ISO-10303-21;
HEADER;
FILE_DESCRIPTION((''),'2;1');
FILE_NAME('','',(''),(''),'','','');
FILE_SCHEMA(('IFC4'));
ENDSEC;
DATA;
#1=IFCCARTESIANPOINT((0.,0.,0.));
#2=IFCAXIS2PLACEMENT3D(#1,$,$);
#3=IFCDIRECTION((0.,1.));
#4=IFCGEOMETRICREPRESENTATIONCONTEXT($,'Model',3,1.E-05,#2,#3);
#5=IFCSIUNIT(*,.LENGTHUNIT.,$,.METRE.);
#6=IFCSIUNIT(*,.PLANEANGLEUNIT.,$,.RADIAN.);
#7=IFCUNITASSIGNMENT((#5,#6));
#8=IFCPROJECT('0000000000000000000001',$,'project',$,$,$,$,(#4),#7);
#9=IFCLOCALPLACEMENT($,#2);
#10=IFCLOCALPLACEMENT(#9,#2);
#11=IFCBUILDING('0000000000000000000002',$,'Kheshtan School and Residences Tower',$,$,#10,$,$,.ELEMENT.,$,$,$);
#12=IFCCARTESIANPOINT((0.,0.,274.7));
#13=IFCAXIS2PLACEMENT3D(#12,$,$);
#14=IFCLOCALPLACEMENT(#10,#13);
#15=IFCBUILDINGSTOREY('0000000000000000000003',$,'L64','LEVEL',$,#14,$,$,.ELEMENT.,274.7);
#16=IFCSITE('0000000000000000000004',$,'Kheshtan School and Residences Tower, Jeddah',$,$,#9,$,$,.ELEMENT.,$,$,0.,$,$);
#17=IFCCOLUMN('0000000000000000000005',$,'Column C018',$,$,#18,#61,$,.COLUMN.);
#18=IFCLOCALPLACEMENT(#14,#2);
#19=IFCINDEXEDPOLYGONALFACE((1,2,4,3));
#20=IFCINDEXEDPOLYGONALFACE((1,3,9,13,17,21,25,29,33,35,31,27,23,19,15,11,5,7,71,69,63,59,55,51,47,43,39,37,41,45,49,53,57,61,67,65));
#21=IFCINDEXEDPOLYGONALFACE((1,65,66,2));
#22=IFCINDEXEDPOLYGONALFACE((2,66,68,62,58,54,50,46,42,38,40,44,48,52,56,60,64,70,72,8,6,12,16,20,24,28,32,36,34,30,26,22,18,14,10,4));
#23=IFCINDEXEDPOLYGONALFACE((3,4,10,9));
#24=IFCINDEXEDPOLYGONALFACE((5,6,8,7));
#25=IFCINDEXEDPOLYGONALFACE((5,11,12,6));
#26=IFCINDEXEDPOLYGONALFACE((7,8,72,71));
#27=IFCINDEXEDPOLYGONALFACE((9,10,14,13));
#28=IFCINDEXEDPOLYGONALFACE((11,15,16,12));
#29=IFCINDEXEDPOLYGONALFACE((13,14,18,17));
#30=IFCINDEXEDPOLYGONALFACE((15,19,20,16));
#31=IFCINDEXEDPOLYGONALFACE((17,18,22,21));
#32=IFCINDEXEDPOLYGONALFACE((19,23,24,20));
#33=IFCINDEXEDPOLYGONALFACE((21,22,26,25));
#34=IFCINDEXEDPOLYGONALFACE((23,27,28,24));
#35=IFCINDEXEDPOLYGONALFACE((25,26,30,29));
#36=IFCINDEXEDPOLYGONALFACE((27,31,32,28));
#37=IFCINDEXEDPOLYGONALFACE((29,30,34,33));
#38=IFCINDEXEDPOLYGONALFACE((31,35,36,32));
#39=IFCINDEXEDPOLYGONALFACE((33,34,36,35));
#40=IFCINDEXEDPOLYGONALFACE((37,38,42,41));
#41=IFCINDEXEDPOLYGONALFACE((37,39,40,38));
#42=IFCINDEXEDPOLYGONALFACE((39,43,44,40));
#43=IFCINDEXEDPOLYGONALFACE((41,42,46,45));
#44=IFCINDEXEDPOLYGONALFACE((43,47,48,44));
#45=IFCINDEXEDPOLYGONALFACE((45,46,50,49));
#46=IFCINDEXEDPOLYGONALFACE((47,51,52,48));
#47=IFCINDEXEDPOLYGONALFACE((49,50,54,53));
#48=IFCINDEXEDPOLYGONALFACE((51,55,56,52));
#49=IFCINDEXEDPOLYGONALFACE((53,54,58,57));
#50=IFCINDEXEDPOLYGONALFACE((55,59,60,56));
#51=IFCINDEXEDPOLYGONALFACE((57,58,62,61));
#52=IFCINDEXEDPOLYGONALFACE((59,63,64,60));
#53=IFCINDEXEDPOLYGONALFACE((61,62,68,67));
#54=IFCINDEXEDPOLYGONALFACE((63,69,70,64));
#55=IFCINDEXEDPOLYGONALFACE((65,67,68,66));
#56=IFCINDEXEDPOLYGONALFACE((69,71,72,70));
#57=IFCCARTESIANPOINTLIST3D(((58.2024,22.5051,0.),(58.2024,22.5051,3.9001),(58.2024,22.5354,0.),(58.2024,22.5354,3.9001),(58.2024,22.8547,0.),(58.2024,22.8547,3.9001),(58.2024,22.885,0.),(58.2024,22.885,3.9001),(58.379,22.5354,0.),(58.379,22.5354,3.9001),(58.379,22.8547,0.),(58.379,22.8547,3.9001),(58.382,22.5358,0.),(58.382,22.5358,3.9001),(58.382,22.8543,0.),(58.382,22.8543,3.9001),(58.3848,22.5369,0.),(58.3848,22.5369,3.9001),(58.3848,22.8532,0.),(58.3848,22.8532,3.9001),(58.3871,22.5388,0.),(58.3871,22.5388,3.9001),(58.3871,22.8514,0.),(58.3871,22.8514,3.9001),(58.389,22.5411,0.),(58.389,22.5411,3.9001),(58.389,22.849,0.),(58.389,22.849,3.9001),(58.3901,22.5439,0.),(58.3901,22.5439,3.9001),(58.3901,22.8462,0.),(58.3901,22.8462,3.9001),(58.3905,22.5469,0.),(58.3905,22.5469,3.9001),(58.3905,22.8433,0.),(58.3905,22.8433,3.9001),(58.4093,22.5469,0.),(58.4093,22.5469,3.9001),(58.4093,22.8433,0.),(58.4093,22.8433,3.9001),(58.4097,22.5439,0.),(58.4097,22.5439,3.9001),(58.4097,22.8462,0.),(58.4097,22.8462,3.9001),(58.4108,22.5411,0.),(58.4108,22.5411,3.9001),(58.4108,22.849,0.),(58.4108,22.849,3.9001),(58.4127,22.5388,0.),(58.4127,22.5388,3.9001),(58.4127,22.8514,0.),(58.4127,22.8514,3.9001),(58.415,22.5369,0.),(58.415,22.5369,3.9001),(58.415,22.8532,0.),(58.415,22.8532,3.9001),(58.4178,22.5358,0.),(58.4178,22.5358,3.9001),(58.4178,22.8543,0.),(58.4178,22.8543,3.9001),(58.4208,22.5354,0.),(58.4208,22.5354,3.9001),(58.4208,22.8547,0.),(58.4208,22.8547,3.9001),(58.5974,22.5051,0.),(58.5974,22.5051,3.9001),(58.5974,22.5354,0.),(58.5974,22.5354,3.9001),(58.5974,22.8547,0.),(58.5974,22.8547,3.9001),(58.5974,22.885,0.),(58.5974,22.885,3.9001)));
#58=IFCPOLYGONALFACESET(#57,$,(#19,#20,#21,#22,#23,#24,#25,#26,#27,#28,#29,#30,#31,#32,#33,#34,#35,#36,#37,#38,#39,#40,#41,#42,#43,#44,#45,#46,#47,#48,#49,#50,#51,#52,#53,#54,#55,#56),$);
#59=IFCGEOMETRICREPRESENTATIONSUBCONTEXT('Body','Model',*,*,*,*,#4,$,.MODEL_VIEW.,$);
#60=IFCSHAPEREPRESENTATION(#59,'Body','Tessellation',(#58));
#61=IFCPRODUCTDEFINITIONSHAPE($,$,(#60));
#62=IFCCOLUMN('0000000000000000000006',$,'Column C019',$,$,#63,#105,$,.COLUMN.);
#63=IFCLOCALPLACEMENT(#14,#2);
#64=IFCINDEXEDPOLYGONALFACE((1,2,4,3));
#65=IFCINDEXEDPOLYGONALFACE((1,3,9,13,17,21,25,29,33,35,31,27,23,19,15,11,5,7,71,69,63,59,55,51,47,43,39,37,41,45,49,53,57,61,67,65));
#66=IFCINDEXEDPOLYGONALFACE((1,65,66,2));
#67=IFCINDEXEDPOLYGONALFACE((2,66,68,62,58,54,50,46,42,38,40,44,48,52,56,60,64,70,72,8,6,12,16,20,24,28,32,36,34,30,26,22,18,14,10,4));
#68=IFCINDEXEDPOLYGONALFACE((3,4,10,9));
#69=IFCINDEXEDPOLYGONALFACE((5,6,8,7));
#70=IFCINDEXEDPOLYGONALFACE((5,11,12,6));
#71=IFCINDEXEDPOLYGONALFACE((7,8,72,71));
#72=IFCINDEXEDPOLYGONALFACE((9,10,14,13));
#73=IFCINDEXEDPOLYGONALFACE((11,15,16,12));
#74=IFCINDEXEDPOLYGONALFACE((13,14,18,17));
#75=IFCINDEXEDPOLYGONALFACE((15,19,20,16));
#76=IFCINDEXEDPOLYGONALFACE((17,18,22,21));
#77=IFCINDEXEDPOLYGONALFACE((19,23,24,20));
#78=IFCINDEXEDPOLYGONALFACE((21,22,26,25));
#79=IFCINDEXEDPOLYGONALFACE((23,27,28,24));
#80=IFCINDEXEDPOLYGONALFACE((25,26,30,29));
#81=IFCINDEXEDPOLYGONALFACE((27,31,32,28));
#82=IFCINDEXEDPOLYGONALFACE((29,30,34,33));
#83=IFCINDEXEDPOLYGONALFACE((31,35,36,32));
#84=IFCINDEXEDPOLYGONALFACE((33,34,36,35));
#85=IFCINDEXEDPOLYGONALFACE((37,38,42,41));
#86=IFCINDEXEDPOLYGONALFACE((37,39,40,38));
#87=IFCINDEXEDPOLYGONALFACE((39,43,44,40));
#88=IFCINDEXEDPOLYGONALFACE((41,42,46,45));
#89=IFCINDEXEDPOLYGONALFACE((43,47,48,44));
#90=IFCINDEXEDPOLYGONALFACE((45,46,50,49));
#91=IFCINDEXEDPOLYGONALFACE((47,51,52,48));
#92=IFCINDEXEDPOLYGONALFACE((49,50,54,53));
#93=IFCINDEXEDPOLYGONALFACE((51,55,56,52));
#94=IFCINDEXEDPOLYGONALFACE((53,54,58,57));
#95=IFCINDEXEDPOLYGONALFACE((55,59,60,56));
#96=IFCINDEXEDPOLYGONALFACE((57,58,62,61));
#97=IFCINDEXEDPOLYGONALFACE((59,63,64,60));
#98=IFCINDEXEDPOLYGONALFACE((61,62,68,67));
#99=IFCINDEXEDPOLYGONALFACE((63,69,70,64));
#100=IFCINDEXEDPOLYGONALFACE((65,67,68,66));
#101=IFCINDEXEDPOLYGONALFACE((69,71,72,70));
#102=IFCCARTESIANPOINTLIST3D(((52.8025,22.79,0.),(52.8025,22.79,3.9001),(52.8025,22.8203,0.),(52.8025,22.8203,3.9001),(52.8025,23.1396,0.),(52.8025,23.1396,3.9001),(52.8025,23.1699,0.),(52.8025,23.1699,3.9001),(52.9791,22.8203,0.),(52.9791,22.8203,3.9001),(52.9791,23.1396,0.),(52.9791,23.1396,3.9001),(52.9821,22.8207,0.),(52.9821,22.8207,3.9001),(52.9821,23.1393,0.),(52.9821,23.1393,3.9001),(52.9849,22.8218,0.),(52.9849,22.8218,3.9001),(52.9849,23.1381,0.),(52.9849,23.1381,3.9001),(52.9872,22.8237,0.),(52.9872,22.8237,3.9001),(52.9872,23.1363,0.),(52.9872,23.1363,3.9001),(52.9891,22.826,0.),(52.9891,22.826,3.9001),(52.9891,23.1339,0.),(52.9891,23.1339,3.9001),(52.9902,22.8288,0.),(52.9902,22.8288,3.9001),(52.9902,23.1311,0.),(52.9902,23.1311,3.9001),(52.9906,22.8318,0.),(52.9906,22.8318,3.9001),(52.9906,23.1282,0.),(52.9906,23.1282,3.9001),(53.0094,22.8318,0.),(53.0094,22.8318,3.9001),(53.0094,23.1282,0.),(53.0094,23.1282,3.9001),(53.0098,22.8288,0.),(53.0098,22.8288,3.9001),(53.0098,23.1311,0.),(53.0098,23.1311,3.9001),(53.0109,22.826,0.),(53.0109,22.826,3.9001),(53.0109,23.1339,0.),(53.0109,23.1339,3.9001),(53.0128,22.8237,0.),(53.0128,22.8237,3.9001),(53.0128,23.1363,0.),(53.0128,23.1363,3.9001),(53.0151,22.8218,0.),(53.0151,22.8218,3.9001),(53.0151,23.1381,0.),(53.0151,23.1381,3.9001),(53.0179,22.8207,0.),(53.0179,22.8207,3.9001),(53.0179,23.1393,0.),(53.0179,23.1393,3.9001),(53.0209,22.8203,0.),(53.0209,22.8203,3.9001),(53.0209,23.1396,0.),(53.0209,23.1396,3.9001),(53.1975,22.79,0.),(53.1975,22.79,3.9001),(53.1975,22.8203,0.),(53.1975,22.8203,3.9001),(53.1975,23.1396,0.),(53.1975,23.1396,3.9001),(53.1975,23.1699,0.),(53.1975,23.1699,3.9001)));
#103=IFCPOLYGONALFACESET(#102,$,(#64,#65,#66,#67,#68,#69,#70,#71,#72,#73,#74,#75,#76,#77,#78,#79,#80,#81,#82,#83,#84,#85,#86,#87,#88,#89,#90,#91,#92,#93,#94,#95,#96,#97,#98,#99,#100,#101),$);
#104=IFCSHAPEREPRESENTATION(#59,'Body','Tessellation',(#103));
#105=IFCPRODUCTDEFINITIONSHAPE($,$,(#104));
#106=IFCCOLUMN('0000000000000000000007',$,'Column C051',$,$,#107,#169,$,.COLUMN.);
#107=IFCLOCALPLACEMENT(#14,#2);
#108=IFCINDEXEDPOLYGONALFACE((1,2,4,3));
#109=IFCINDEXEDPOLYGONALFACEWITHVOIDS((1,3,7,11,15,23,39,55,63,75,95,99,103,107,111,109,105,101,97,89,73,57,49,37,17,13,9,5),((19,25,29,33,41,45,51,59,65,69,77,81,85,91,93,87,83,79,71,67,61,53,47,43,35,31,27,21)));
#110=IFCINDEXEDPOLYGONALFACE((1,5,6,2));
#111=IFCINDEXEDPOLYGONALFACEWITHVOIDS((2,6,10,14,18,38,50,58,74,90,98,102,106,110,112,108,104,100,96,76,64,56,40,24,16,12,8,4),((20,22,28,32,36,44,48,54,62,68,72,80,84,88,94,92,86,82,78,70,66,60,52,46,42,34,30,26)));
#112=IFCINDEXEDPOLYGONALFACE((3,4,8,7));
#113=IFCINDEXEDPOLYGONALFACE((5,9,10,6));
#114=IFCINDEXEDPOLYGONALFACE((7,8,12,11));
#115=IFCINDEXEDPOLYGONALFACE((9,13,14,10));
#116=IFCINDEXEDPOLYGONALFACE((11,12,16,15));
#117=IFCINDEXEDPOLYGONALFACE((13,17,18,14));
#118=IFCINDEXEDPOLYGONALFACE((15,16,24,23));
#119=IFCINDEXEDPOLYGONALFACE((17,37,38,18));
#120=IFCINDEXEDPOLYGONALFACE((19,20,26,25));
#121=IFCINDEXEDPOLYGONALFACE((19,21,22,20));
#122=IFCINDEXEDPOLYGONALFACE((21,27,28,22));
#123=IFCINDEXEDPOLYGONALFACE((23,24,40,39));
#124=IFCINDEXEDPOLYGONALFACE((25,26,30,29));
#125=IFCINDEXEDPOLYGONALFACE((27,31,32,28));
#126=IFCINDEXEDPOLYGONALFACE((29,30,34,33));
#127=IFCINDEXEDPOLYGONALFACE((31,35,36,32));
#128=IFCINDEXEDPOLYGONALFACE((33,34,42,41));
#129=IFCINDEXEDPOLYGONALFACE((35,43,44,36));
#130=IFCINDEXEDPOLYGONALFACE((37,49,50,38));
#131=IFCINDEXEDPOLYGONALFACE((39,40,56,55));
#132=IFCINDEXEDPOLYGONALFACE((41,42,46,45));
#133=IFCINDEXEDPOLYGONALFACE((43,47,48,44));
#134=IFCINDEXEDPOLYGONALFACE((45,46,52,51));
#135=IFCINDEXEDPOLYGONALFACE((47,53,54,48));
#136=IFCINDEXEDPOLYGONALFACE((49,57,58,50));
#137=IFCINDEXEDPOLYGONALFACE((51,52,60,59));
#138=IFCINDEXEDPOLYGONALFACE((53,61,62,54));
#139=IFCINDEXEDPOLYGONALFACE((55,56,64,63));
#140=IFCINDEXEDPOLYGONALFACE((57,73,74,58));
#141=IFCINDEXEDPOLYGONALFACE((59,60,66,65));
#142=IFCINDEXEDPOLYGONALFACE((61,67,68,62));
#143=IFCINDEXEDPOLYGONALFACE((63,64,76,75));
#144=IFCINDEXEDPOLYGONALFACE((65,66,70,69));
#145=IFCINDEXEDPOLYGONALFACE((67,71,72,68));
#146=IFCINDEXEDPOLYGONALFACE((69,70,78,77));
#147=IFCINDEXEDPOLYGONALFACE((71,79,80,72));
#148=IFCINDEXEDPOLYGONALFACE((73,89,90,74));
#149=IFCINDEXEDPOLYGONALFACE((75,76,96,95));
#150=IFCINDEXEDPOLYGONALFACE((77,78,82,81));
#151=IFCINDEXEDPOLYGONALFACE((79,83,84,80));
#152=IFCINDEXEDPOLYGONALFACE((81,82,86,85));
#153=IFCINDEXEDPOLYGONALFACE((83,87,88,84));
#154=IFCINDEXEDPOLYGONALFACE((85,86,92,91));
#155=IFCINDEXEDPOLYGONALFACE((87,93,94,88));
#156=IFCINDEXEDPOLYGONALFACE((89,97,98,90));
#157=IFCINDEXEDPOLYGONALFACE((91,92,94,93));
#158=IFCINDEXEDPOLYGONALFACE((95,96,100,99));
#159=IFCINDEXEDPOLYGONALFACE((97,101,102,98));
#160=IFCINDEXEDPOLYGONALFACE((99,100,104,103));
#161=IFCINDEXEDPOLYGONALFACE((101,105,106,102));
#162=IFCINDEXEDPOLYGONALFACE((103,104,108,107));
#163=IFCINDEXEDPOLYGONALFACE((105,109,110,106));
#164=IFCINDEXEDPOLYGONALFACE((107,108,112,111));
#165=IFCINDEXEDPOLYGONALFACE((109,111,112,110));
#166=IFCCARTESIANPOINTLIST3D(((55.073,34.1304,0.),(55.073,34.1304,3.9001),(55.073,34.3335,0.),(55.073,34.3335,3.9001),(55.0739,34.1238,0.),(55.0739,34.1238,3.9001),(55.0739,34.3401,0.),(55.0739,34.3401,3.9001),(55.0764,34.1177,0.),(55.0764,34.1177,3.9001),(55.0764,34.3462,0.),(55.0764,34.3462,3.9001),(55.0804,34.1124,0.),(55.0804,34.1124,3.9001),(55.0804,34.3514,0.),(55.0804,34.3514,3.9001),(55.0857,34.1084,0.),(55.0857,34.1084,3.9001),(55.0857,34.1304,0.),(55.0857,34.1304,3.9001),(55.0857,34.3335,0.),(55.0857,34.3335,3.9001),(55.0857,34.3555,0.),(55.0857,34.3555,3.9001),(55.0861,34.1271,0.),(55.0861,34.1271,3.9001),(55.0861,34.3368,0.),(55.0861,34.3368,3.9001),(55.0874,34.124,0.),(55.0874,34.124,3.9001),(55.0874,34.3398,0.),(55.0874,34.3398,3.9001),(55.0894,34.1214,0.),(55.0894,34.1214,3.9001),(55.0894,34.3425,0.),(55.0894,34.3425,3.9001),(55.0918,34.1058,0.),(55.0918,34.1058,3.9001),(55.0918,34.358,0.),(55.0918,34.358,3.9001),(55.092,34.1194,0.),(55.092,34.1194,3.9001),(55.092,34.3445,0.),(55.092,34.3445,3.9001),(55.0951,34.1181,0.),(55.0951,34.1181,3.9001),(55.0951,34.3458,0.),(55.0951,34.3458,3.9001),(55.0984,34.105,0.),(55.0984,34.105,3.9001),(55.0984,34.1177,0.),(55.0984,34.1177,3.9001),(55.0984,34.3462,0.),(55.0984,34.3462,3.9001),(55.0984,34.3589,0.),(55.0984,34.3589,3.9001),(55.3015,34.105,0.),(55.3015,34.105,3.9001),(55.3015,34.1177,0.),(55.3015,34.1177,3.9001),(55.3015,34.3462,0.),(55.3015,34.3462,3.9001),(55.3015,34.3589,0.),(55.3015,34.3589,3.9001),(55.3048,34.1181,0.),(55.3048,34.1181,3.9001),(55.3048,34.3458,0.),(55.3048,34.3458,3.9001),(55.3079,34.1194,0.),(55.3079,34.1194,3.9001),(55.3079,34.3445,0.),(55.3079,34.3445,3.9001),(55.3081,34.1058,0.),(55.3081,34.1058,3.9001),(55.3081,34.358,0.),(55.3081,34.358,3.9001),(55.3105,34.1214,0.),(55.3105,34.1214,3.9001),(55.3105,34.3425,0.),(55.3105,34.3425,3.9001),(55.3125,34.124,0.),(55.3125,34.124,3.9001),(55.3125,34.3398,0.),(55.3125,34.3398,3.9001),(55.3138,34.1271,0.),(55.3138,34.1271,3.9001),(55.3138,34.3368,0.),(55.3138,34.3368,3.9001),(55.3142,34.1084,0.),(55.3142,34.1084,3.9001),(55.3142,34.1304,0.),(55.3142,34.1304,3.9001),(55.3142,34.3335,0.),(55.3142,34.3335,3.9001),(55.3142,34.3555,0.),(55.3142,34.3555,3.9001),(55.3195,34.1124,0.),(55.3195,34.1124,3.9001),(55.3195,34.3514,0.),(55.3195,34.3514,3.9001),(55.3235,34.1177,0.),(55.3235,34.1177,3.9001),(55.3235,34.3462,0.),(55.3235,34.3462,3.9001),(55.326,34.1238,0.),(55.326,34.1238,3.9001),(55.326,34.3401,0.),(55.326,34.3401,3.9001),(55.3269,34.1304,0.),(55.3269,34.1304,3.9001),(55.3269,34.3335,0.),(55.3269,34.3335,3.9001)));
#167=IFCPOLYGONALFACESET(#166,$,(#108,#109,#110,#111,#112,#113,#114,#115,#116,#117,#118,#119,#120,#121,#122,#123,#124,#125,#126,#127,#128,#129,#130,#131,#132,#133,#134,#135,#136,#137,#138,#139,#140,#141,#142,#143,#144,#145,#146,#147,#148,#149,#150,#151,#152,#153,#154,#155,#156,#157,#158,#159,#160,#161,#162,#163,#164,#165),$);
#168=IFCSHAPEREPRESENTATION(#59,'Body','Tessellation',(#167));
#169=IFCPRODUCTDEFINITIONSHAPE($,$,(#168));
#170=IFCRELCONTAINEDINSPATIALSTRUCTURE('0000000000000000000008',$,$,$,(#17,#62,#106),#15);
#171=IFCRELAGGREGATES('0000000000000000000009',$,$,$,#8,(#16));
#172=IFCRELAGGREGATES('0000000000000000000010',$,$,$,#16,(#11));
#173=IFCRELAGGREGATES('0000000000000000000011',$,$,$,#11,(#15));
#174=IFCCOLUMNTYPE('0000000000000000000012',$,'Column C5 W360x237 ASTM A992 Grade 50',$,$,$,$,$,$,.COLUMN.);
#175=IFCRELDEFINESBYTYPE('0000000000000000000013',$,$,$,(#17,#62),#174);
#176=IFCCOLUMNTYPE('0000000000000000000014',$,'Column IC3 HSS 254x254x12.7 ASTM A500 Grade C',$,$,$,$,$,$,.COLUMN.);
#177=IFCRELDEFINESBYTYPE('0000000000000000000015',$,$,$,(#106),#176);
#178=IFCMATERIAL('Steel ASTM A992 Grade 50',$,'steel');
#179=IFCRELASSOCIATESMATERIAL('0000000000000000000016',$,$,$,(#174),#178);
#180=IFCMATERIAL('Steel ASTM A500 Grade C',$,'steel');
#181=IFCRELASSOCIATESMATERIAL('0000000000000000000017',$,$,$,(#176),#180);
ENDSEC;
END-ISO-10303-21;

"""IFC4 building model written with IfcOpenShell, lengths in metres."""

from ifc_helpers import new_model, si_unit, direction, frame, origin, origin_2d, place, context, subcontext, project, spatial, hollow_rectangle, i_section, extrude, material, material_profile, profile_set, type_object, element, save


model = new_model("IFC4")

# Units and contexts
model_context = context("Model", 3, precision=1e-05, world=origin(), true_north=direction((0.0, 1.0)))
body_context = subcontext(model_context, "Body", "Model", "MODEL_VIEW")
ifc_project = project(units=[si_unit("LENGTHUNIT", "METRE"), si_unit("PLANEANGLEUNIT", "RADIAN")], contexts=[model_context])

# Site, building, storey
site_placement = place(None, origin())
site = spatial("IfcSite", under=ifc_project, at=site_placement, Name="Kheshtan School and Residences Tower, Jeddah", CompositionType="ELEMENT", RefElevation=0.0)
building_placement = place(site_placement, origin())
building = spatial("IfcBuilding", under=site, at=building_placement, Name="Kheshtan School and Residences Tower", CompositionType="ELEMENT")
storey_placement = place(building_placement, frame((0.0, 0.0, 274.7)))
storey = spatial("IfcBuildingStorey", under=building, at=storey_placement, Name="L64", Description="LEVEL", CompositionType="ELEMENT", Elevation=274.7)

# Columns
ifc_material_1 = material(Name="Steel ASTM A992 Grade 50", Category="steel")
ifc_material_profile_1 = material_profile(ifc_material_1, i_section(OverallWidth=0.395, OverallDepth=0.3799, WebThickness=0.0188, FlangeThickness=0.0303, FilletRadius=0.0115, at=origin_2d()), Name="W360x237")
ifc_profile_set_1 = profile_set([ifc_material_profile_1], Name="Steel ASTM A992 Grade 50")
column_type_1 = type_object("IfcColumnType", Name="Column C5 W360x237 ASTM A992 Grade 50", PredefinedType="COLUMN", material=ifc_profile_set_1)
for number, where, z_axis, x_axis, name in (
    (1, (58.3999, 22.6951, 0.0), (0.0, 0.0, 1.0), (1.0, 0.0, 0.0), "Column C018"),
    (2, (53.0, 22.98, 0.0), (0.0, 0.0, 1.0), (1.0, 0.0, 0.0), "Column C019"),
):
    element("IfcColumn", number, at=place(storey_placement, frame(where, z_axis=z_axis, x_axis=x_axis)), inside=storey, type_object=column_type_1, Name=name, PredefinedType="COLUMN", context=body_context, shape_type="SweptSolid", body=[
        extrude(i_section(OverallWidth=0.395, OverallDepth=0.3799, WebThickness=0.0188, FlangeThickness=0.0303, FilletRadius=0.0115, at=origin_2d()), origin(), (0.0, 0.0, 1.0), 3.9001),
    ])
ifc_material_2 = material(Name="Steel ASTM A500 Grade C", Category="steel")
ifc_material_profile_2 = material_profile(ifc_material_2, hollow_rectangle(XDim=0.2539, YDim=0.2539, WallThickness=0.0127, InnerFilletRadius=0.0127, OuterFilletRadius=0.0254, at=origin_2d()), Name="HSS 254x254x12.7")
ifc_profile_set_2 = profile_set([ifc_material_profile_2], Name="Steel ASTM A500 Grade C")
column_type_2 = type_object("IfcColumnType", Name="Column IC3 HSS 254x254x12.7 ASTM A500 Grade C", PredefinedType="COLUMN", material=ifc_profile_set_2)
column_placement = place(storey_placement, frame((55.2, 34.2319, 0.0), z_axis=(0.0, 0.0, 1.0), x_axis=(1.0, 0.0, 0.0)))
element("IfcColumn", 3, at=column_placement, inside=storey, type_object=column_type_2, Name="Column C051", PredefinedType="COLUMN", context=body_context, shape_type="SweptSolid", body=[
    extrude(hollow_rectangle(XDim=0.2539, YDim=0.2539, WallThickness=0.0127, InnerFilletRadius=0.0127, OuterFilletRadius=0.0254, at=origin_2d()), origin(), (0.0, 0.0, 1.0), 3.9001),
])

save(model, "model.ifc")
